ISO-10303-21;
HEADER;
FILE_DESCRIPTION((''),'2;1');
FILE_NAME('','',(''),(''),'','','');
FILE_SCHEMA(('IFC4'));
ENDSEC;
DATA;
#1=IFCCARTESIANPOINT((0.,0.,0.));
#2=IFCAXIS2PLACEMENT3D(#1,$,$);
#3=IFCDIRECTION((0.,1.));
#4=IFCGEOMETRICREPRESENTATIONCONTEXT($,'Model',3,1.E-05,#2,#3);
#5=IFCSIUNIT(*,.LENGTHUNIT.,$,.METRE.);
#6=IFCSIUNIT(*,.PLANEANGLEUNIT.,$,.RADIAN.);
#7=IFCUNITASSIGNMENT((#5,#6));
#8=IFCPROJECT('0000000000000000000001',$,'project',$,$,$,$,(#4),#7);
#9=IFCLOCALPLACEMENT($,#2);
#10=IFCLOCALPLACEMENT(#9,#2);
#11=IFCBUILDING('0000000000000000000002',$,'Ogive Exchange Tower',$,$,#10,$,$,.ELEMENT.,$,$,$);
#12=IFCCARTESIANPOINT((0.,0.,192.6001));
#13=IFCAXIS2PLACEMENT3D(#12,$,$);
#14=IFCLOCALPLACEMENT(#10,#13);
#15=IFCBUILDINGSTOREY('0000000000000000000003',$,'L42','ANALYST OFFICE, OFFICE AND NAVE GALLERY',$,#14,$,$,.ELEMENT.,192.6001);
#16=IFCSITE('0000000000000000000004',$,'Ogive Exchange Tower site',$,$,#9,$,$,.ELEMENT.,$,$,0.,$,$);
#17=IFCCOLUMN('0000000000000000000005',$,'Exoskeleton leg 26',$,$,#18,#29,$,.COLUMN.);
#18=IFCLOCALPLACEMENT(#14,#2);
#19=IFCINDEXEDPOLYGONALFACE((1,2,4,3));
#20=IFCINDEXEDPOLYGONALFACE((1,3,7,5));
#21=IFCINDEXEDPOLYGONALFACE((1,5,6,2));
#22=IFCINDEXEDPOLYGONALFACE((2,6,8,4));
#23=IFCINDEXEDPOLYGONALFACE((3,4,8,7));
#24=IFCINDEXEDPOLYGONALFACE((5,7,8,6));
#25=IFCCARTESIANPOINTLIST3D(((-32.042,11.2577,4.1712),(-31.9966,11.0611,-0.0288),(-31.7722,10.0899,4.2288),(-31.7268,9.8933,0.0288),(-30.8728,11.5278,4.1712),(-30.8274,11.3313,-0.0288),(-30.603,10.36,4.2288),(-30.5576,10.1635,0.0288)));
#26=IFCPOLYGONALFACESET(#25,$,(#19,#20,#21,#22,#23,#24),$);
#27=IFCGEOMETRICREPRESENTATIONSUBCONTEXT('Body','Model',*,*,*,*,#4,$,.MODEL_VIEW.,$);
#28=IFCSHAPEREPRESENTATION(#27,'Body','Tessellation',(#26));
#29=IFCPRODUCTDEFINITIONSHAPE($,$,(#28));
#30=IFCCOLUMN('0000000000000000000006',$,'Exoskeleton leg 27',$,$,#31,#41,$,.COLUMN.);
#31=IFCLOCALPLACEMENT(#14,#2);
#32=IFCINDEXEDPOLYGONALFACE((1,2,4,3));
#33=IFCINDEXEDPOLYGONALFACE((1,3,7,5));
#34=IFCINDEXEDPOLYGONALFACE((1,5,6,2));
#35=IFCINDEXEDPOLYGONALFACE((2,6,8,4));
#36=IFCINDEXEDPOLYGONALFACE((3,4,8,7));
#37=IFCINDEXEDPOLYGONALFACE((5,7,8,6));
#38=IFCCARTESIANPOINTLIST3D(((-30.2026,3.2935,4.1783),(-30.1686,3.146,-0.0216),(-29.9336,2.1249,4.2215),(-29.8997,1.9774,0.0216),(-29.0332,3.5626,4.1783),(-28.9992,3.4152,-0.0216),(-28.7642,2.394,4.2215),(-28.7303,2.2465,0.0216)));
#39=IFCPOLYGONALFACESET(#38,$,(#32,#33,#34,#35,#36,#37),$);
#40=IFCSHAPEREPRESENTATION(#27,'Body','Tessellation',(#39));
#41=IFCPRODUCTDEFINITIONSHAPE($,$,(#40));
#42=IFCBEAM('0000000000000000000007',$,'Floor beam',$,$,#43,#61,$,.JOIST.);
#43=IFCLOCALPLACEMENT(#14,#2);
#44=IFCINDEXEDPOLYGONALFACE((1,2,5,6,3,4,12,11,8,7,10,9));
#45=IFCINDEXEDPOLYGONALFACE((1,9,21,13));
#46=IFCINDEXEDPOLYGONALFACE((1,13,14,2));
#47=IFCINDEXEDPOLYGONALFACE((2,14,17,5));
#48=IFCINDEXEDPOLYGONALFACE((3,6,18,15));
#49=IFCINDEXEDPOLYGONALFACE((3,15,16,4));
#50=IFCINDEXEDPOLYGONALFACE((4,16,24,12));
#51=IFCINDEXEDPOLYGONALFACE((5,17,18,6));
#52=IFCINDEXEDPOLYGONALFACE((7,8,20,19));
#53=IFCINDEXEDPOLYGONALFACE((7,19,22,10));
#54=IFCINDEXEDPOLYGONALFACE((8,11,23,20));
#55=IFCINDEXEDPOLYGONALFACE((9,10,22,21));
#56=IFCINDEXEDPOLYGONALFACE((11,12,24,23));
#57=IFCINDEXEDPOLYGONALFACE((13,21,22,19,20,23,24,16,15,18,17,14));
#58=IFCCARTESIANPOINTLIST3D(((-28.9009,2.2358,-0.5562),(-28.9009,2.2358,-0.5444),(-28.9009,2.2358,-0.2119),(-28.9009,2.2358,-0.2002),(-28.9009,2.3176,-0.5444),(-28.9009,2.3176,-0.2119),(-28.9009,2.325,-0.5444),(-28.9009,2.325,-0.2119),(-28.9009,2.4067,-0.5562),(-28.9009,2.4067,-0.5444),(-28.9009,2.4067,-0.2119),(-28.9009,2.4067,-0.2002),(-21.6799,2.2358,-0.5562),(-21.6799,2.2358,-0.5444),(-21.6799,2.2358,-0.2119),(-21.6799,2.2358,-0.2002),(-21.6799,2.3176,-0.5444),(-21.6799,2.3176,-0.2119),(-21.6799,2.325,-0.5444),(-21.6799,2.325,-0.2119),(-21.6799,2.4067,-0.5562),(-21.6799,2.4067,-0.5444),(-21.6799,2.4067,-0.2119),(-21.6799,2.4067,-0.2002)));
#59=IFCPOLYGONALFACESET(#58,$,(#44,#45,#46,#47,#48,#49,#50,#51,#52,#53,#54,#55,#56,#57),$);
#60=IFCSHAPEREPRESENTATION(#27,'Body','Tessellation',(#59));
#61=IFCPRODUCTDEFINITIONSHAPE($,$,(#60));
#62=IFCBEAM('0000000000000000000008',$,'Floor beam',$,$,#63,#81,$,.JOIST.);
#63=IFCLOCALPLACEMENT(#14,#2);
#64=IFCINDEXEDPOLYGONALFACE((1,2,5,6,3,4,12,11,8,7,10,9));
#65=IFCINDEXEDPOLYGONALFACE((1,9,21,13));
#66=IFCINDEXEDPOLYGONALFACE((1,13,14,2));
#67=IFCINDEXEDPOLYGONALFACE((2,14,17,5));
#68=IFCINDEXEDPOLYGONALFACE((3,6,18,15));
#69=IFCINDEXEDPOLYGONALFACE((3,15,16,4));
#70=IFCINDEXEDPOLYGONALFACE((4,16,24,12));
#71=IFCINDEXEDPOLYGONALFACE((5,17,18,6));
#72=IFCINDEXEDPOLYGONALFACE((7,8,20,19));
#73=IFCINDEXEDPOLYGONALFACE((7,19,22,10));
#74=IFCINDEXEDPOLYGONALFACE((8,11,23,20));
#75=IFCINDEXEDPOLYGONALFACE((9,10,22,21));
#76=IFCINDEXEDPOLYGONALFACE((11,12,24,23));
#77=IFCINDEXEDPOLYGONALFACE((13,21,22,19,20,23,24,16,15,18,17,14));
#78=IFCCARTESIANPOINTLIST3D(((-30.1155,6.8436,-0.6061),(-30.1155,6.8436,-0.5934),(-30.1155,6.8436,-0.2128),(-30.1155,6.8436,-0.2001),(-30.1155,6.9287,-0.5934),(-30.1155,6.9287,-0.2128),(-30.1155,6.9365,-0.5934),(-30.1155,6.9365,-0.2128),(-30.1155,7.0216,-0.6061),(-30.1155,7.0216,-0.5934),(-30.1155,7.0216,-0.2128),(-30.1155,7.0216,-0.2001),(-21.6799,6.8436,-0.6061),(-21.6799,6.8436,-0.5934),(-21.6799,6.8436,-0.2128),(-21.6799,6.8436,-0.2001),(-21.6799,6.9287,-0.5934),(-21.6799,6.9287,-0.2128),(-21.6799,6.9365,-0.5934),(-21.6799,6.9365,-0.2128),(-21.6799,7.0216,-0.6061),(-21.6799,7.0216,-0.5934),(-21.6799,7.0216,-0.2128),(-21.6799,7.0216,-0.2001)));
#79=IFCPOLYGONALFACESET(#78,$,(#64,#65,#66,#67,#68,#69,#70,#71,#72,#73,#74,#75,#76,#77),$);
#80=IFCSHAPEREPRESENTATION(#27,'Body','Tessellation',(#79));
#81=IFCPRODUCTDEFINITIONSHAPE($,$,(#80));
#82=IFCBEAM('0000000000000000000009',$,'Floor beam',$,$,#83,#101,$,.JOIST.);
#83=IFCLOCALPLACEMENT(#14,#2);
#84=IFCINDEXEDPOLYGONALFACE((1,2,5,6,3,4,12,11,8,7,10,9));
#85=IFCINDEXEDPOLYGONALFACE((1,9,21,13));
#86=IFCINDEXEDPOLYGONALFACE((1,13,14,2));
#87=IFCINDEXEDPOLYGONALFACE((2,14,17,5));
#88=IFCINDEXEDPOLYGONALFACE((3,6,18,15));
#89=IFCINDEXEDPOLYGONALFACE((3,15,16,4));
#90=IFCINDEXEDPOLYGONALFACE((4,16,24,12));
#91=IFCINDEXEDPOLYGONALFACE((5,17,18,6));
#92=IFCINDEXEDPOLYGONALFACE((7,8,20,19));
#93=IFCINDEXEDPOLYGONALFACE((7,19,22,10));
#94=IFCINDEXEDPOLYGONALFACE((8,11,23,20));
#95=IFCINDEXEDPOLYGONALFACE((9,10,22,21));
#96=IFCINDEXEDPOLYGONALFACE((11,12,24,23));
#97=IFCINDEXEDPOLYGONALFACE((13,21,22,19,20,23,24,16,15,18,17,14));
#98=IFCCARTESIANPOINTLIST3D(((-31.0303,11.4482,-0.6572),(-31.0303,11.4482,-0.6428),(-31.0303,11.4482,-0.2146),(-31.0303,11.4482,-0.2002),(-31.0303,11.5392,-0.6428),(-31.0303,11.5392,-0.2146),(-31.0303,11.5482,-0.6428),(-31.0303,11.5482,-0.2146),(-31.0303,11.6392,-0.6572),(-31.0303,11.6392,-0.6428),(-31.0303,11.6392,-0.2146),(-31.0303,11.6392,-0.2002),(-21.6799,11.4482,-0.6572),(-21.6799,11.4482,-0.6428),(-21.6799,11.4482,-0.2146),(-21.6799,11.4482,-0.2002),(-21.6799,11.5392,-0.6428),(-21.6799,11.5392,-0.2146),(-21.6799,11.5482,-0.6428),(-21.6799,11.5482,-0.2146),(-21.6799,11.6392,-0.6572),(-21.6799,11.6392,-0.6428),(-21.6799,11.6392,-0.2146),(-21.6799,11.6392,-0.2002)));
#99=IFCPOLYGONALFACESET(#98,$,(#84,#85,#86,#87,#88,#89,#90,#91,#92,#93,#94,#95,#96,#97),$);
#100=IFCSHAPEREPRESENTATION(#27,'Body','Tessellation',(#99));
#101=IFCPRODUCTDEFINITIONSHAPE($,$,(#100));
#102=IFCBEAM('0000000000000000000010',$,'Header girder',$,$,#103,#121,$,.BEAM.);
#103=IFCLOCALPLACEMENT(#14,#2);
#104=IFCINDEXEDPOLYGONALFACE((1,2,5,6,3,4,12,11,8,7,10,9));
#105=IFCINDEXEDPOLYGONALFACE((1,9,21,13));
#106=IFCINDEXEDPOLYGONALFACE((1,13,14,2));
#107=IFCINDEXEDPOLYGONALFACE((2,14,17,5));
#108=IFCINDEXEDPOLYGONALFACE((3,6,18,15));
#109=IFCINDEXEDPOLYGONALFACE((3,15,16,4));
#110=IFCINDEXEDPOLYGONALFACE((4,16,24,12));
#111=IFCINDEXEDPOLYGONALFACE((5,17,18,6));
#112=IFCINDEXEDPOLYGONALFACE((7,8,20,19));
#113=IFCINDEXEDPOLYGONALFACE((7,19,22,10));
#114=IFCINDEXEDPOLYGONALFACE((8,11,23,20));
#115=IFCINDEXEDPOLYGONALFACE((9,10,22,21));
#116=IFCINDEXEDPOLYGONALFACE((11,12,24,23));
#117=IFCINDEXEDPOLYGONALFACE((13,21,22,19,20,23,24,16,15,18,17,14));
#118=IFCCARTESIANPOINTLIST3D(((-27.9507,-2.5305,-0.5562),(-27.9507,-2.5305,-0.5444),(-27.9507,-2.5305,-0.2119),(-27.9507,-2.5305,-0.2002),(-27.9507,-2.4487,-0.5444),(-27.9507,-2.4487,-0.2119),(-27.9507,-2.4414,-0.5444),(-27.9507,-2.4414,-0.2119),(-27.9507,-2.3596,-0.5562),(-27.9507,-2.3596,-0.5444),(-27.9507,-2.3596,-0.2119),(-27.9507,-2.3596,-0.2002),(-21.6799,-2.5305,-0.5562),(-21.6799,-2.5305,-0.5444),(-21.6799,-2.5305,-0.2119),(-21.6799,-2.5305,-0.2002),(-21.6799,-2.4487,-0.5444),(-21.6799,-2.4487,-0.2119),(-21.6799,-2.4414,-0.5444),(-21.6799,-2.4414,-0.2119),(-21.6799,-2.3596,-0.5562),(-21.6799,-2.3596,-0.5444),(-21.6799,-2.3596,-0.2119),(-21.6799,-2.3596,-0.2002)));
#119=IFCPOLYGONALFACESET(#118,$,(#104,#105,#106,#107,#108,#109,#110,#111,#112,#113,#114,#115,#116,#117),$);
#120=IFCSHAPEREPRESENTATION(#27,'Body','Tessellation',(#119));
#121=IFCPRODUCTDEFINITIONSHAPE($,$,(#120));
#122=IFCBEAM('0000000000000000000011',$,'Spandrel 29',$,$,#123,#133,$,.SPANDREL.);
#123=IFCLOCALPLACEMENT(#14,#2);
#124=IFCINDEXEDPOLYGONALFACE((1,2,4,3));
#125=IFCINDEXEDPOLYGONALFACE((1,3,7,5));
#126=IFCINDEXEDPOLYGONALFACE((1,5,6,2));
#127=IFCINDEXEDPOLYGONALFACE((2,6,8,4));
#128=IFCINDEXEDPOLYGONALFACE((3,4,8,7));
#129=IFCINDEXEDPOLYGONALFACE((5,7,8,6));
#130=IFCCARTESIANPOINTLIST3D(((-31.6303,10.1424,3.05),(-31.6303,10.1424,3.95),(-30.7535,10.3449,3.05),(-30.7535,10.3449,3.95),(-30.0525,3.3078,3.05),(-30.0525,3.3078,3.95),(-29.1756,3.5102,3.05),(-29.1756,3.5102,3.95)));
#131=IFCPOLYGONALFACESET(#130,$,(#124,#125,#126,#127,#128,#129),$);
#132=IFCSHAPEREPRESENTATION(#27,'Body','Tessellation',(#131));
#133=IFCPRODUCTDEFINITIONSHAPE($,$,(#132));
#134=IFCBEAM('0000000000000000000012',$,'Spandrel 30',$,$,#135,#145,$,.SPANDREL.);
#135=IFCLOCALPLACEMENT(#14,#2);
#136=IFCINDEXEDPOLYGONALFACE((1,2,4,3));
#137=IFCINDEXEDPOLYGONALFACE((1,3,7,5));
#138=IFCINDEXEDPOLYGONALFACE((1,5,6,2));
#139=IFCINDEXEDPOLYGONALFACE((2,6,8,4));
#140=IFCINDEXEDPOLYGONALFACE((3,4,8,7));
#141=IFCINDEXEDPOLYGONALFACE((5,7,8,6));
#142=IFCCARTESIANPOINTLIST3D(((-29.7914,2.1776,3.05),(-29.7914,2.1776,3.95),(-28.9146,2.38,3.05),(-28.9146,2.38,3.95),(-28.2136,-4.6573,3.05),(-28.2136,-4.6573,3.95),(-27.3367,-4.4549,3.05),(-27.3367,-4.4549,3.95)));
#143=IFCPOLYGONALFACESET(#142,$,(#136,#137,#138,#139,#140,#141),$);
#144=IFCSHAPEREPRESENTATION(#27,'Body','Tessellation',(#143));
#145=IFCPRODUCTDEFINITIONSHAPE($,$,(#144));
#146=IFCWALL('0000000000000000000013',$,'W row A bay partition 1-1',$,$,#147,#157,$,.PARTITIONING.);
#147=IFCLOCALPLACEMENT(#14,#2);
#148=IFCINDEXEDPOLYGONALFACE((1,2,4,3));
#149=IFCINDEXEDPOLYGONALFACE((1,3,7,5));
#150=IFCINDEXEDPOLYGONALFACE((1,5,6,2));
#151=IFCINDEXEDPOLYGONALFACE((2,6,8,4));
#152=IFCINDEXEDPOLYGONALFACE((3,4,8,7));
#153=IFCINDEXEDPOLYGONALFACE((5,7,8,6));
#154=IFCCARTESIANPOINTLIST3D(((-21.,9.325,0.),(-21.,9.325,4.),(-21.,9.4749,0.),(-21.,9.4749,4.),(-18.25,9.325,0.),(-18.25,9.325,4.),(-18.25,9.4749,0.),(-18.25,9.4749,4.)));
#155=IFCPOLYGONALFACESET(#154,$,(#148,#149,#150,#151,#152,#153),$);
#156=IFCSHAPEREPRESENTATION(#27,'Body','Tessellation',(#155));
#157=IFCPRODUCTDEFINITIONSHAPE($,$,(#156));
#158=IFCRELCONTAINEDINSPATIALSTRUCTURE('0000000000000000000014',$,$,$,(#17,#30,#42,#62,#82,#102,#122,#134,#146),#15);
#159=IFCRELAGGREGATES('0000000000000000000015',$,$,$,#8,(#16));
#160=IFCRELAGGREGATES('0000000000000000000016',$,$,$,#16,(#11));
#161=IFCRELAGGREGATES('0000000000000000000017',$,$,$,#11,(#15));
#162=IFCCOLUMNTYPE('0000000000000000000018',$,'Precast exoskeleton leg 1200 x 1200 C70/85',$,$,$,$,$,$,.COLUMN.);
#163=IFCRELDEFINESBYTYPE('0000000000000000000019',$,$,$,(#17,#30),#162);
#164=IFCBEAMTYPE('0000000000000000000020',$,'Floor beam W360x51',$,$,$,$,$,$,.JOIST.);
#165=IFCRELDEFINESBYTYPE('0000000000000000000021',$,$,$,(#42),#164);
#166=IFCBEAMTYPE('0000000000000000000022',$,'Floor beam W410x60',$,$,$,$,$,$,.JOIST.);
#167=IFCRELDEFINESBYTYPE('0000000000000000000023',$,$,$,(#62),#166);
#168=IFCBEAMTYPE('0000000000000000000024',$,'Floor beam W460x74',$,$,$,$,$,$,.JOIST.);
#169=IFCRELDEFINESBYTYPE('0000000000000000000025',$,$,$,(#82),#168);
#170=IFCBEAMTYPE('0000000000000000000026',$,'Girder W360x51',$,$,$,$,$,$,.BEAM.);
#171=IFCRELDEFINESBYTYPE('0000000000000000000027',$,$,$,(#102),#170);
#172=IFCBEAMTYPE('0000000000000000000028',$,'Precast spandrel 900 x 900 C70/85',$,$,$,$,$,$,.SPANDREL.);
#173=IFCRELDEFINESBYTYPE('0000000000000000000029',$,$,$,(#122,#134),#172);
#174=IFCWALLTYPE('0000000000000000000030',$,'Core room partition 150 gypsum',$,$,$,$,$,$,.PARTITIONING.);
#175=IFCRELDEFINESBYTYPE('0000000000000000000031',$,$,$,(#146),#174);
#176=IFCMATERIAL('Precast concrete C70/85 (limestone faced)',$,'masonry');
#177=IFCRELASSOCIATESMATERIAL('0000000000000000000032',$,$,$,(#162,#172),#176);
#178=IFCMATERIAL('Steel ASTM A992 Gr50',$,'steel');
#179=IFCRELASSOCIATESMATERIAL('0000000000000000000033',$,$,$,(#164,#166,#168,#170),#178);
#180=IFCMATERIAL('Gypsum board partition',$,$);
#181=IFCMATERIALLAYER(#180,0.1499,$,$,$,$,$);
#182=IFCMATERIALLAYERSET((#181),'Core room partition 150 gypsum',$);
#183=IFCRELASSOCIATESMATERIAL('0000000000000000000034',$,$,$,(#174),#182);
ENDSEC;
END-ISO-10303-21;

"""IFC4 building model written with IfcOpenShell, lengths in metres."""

from ifc_helpers import new_model, si_unit, direction, frame, frame_2d, origin, origin_2d, place, context, subcontext, project, spatial, rectangle, i_section, extrude, material, layer, layer_set, material_profile, profile_set, type_object, element, save


model = new_model("IFC4")

# Units and contexts
model_context = context("Model", 3, precision=1e-05, world=origin(), true_north=direction((0.0, 1.0)))
body_context = subcontext(model_context, "Body", "Model", "MODEL_VIEW")
ifc_project = project(units=[si_unit("LENGTHUNIT", "METRE"), si_unit("PLANEANGLEUNIT", "RADIAN")], contexts=[model_context])

# Site, building, storey
site_placement = place(None, origin())
site = spatial("IfcSite", under=ifc_project, at=site_placement, Name="Ogive Exchange Tower site", CompositionType="ELEMENT", RefElevation=0.0)
building_placement = place(site_placement, origin())
building = spatial("IfcBuilding", under=site, at=building_placement, Name="Ogive Exchange Tower", CompositionType="ELEMENT")
storey_placement = place(building_placement, frame((0.0, 0.0, 192.6001)))
storey = spatial("IfcBuildingStorey", under=building, at=storey_placement, Name="L42", Description="ANALYST OFFICE, OFFICE AND NAVE GALLERY", CompositionType="ELEMENT", Elevation=192.6001)

# Columns
ifc_material_1 = material(Name="Precast concrete C70/85 (limestone faced)", Category="masonry")
ifc_material_profile_1 = material_profile(ifc_material_1, rectangle(XDim=1.2, YDim=1.2, at=origin_2d()), Name="1200 x 1200")
ifc_profile_set_1 = profile_set([ifc_material_profile_1], Name="Precast concrete C70/85 (limestone faced)")
column_type = type_object("IfcColumnType", Name="Precast exoskeleton leg 1200 x 1200 C70/85", PredefinedType="COLUMN", material=ifc_profile_set_1)
column_1_placement = place(storey_placement, frame((-31.2771, 10.6123, 0.0), z_axis=(-0.0108, 0.04674, 0.998849), x_axis=(-0.97433, -0.225125, 0.0)))
element("IfcColumn", 1, at=column_1_placement, inside=storey, type_object=column_type, Name="Exoskeleton leg 26", PredefinedType="COLUMN", context=body_context, shape_type="SweptSolid", body=[
    extrude(rectangle(XDim=1.2, YDim=1.2, at=origin_2d()), origin(), (0.0, 0.0, 1.0), 4.2048),
])
column_2_placement = place(storey_placement, frame((-29.4495, 2.6963, 0.0), z_axis=(-0.008075, 0.035087, 0.999352), x_axis=(-0.974527, -0.22427, 0.0)))
element("IfcColumn", 2, at=column_2_placement, inside=storey, type_object=column_type, Name="Exoskeleton leg 27", PredefinedType="COLUMN", context=body_context, shape_type="SweptSolid", body=[
    extrude(rectangle(XDim=1.2, YDim=1.2, at=origin_2d()), origin(), (0.0, 0.0, 1.0), 4.2026),
])

# Beams
ifc_material_2 = material(Name="Steel ASTM A992 Gr50", Category="steel")
ifc_material_profile_2 = material_profile(ifc_material_2, i_section(OverallWidth=0.1709, OverallDepth=0.356, WebThickness=0.0073, FlangeThickness=0.0117, at=origin_2d()), Name="W360x51")
ifc_profile_set_2 = profile_set([ifc_material_profile_2], Name="Steel ASTM A992 Gr50")
beam_type_1 = type_object("IfcBeamType", Name="Floor beam W360x51", PredefinedType="JOIST", material=ifc_profile_set_2)
beam_1_placement = place(storey_placement, frame((-28.9009, 2.3213, -0.3782), z_axis=(1.0, 0.0, 0.0), x_axis=(0.0, 1.0, 0.0)))
element("IfcBeam", 3, at=beam_1_placement, inside=storey, type_object=beam_type_1, Name="Floor beam", PredefinedType="JOIST", context=body_context, shape_type="SweptSolid", body=[
    extrude(i_section(OverallWidth=0.1709, OverallDepth=0.356, WebThickness=0.0073, FlangeThickness=0.0117, at=origin_2d()), origin(), (0.0, 0.0, 1.0), 7.2209),
])
ifc_material_profile_3 = material_profile(ifc_material_2, i_section(OverallWidth=0.178, OverallDepth=0.406, WebThickness=0.0078, FlangeThickness=0.0127, at=origin_2d()), Name="W410x60")
ifc_profile_set_3 = profile_set([ifc_material_profile_3], Name="Steel ASTM A992 Gr50")
beam_type_2 = type_object("IfcBeamType", Name="Floor beam W410x60", PredefinedType="JOIST", material=ifc_profile_set_3)
beam_2_placement = place(storey_placement, frame((-30.1155, 6.9326, -0.4031), z_axis=(1.0, 0.0, 0.0), x_axis=(0.0, 1.0, 0.0)))
element("IfcBeam", 4, at=beam_2_placement, inside=storey, type_object=beam_type_2, Name="Floor beam", PredefinedType="JOIST", context=body_context, shape_type="SweptSolid", body=[
    extrude(i_section(OverallWidth=0.178, OverallDepth=0.406, WebThickness=0.0078, FlangeThickness=0.0127, at=origin_2d()), origin(), (0.0, 0.0, 1.0), 8.4355),
])
ifc_material_profile_4 = material_profile(ifc_material_2, i_section(OverallWidth=0.1909, OverallDepth=0.457, WebThickness=0.009, FlangeThickness=0.0144, at=origin_2d()), Name="W460x74")
ifc_profile_set_4 = profile_set([ifc_material_profile_4], Name="Steel ASTM A992 Gr50")
beam_type_3 = type_object("IfcBeamType", Name="Floor beam W460x74", PredefinedType="JOIST", material=ifc_profile_set_4)
beam_3_placement = place(storey_placement, frame((-31.0303, 11.5437, -0.4287), z_axis=(1.0, 0.0, 0.0), x_axis=(0.0, 1.0, 0.0)))
element("IfcBeam", 5, at=beam_3_placement, inside=storey, type_object=beam_type_3, Name="Floor beam", PredefinedType="JOIST", context=body_context, shape_type="SweptSolid", body=[
    extrude(i_section(OverallWidth=0.1909, OverallDepth=0.457, WebThickness=0.009, FlangeThickness=0.0144, at=origin_2d()), origin(), (0.0, 0.0, 1.0), 9.3503),
])
ifc_material_profile_5 = material_profile(ifc_material_2, i_section(OverallWidth=0.1709, OverallDepth=0.356, WebThickness=0.0073, FlangeThickness=0.0117, at=origin_2d()), Name="W360x51")
ifc_profile_set_5 = profile_set([ifc_material_profile_5], Name="Steel ASTM A992 Gr50")
beam_type_4 = type_object("IfcBeamType", Name="Girder W360x51", PredefinedType="BEAM", material=ifc_profile_set_5)
beam_4_placement = place(storey_placement, frame((-27.9507, -2.4451, -0.3782), z_axis=(1.0, 0.0, 0.0), x_axis=(0.0, 1.0, 0.0)))
element("IfcBeam", 6, at=beam_4_placement, inside=storey, type_object=beam_type_4, Name="Header girder", PredefinedType="BEAM", context=body_context, shape_type="SweptSolid", body=[
    extrude(i_section(OverallWidth=0.1709, OverallDepth=0.356, WebThickness=0.0073, FlangeThickness=0.0117, at=origin_2d()), origin(), (0.0, 0.0, 1.0), 6.2708),
])
ifc_material_profile_6 = material_profile(ifc_material_1, rectangle(XDim=0.8999, YDim=0.8999, at=origin_2d()), Name="900 x 900")
ifc_profile_set_6 = profile_set([ifc_material_profile_6], Name="Precast concrete C70/85 (limestone faced)")
beam_type_5 = type_object("IfcBeamType", Name="Precast spandrel 900 x 900 C70/85", PredefinedType="SPANDREL", material=ifc_profile_set_6)
beam_5_placement = place(storey_placement, frame((-31.1919, 10.2437, 3.5), z_axis=(0.224946, -0.974371, 0.0), x_axis=(0.974371, 0.224946, 0.0)))
element("IfcBeam", 7, at=beam_5_placement, inside=storey, type_object=beam_type_5, Name="Spandrel 29", PredefinedType="SPANDREL", context=body_context, shape_type="SweptSolid", body=[
    extrude(rectangle(XDim=0.8999, YDim=0.8999, at=origin_2d()), origin(), (0.0, 0.0, 1.0), 7.0144),
])
beam_6_placement = place(storey_placement, frame((-29.353, 2.2788, 3.5), z_axis=(0.224938, -0.974373, 0.0), x_axis=(0.974373, 0.224938, 0.0)))
element("IfcBeam", 8, at=beam_6_placement, inside=storey, type_object=beam_type_5, Name="Spandrel 30", PredefinedType="SPANDREL", context=body_context, shape_type="SweptSolid", body=[
    extrude(rectangle(XDim=0.8999, YDim=0.8999, at=origin_2d()), origin(), (0.0, 0.0, 1.0), 7.0146),
])

# Wall
ifc_material_3 = material(Name="Gypsum board partition")
ifc_layer_1 = layer(ifc_material_3, 0.1499)
ifc_layer_set_1 = layer_set([ifc_layer_1], Name="Core room partition 150 gypsum")
wall_type_1 = type_object("IfcWallType", Name="Core room partition 150 gypsum", PredefinedType="PARTITIONING", material=ifc_layer_set_1)
wall_1_placement = place(storey_placement, frame((-21.0, 9.3999, 0.0), z_axis=(0.0, 0.0, 1.0), x_axis=(1.0, 0.0, 0.0)))
element("IfcWall", 9, at=wall_1_placement, inside=storey, type_object=wall_type_1, Name="W row A bay partition 1-1", PredefinedType="PARTITIONING", context=body_context, shape_type="SweptSolid", body=[
    extrude(rectangle(XDim=2.75, YDim=0.1499, at=frame_2d((1.375, 0.0))), origin(), (0.0, 0.0, 1.0), 4.0),
])

save(model, "model.ifc")
